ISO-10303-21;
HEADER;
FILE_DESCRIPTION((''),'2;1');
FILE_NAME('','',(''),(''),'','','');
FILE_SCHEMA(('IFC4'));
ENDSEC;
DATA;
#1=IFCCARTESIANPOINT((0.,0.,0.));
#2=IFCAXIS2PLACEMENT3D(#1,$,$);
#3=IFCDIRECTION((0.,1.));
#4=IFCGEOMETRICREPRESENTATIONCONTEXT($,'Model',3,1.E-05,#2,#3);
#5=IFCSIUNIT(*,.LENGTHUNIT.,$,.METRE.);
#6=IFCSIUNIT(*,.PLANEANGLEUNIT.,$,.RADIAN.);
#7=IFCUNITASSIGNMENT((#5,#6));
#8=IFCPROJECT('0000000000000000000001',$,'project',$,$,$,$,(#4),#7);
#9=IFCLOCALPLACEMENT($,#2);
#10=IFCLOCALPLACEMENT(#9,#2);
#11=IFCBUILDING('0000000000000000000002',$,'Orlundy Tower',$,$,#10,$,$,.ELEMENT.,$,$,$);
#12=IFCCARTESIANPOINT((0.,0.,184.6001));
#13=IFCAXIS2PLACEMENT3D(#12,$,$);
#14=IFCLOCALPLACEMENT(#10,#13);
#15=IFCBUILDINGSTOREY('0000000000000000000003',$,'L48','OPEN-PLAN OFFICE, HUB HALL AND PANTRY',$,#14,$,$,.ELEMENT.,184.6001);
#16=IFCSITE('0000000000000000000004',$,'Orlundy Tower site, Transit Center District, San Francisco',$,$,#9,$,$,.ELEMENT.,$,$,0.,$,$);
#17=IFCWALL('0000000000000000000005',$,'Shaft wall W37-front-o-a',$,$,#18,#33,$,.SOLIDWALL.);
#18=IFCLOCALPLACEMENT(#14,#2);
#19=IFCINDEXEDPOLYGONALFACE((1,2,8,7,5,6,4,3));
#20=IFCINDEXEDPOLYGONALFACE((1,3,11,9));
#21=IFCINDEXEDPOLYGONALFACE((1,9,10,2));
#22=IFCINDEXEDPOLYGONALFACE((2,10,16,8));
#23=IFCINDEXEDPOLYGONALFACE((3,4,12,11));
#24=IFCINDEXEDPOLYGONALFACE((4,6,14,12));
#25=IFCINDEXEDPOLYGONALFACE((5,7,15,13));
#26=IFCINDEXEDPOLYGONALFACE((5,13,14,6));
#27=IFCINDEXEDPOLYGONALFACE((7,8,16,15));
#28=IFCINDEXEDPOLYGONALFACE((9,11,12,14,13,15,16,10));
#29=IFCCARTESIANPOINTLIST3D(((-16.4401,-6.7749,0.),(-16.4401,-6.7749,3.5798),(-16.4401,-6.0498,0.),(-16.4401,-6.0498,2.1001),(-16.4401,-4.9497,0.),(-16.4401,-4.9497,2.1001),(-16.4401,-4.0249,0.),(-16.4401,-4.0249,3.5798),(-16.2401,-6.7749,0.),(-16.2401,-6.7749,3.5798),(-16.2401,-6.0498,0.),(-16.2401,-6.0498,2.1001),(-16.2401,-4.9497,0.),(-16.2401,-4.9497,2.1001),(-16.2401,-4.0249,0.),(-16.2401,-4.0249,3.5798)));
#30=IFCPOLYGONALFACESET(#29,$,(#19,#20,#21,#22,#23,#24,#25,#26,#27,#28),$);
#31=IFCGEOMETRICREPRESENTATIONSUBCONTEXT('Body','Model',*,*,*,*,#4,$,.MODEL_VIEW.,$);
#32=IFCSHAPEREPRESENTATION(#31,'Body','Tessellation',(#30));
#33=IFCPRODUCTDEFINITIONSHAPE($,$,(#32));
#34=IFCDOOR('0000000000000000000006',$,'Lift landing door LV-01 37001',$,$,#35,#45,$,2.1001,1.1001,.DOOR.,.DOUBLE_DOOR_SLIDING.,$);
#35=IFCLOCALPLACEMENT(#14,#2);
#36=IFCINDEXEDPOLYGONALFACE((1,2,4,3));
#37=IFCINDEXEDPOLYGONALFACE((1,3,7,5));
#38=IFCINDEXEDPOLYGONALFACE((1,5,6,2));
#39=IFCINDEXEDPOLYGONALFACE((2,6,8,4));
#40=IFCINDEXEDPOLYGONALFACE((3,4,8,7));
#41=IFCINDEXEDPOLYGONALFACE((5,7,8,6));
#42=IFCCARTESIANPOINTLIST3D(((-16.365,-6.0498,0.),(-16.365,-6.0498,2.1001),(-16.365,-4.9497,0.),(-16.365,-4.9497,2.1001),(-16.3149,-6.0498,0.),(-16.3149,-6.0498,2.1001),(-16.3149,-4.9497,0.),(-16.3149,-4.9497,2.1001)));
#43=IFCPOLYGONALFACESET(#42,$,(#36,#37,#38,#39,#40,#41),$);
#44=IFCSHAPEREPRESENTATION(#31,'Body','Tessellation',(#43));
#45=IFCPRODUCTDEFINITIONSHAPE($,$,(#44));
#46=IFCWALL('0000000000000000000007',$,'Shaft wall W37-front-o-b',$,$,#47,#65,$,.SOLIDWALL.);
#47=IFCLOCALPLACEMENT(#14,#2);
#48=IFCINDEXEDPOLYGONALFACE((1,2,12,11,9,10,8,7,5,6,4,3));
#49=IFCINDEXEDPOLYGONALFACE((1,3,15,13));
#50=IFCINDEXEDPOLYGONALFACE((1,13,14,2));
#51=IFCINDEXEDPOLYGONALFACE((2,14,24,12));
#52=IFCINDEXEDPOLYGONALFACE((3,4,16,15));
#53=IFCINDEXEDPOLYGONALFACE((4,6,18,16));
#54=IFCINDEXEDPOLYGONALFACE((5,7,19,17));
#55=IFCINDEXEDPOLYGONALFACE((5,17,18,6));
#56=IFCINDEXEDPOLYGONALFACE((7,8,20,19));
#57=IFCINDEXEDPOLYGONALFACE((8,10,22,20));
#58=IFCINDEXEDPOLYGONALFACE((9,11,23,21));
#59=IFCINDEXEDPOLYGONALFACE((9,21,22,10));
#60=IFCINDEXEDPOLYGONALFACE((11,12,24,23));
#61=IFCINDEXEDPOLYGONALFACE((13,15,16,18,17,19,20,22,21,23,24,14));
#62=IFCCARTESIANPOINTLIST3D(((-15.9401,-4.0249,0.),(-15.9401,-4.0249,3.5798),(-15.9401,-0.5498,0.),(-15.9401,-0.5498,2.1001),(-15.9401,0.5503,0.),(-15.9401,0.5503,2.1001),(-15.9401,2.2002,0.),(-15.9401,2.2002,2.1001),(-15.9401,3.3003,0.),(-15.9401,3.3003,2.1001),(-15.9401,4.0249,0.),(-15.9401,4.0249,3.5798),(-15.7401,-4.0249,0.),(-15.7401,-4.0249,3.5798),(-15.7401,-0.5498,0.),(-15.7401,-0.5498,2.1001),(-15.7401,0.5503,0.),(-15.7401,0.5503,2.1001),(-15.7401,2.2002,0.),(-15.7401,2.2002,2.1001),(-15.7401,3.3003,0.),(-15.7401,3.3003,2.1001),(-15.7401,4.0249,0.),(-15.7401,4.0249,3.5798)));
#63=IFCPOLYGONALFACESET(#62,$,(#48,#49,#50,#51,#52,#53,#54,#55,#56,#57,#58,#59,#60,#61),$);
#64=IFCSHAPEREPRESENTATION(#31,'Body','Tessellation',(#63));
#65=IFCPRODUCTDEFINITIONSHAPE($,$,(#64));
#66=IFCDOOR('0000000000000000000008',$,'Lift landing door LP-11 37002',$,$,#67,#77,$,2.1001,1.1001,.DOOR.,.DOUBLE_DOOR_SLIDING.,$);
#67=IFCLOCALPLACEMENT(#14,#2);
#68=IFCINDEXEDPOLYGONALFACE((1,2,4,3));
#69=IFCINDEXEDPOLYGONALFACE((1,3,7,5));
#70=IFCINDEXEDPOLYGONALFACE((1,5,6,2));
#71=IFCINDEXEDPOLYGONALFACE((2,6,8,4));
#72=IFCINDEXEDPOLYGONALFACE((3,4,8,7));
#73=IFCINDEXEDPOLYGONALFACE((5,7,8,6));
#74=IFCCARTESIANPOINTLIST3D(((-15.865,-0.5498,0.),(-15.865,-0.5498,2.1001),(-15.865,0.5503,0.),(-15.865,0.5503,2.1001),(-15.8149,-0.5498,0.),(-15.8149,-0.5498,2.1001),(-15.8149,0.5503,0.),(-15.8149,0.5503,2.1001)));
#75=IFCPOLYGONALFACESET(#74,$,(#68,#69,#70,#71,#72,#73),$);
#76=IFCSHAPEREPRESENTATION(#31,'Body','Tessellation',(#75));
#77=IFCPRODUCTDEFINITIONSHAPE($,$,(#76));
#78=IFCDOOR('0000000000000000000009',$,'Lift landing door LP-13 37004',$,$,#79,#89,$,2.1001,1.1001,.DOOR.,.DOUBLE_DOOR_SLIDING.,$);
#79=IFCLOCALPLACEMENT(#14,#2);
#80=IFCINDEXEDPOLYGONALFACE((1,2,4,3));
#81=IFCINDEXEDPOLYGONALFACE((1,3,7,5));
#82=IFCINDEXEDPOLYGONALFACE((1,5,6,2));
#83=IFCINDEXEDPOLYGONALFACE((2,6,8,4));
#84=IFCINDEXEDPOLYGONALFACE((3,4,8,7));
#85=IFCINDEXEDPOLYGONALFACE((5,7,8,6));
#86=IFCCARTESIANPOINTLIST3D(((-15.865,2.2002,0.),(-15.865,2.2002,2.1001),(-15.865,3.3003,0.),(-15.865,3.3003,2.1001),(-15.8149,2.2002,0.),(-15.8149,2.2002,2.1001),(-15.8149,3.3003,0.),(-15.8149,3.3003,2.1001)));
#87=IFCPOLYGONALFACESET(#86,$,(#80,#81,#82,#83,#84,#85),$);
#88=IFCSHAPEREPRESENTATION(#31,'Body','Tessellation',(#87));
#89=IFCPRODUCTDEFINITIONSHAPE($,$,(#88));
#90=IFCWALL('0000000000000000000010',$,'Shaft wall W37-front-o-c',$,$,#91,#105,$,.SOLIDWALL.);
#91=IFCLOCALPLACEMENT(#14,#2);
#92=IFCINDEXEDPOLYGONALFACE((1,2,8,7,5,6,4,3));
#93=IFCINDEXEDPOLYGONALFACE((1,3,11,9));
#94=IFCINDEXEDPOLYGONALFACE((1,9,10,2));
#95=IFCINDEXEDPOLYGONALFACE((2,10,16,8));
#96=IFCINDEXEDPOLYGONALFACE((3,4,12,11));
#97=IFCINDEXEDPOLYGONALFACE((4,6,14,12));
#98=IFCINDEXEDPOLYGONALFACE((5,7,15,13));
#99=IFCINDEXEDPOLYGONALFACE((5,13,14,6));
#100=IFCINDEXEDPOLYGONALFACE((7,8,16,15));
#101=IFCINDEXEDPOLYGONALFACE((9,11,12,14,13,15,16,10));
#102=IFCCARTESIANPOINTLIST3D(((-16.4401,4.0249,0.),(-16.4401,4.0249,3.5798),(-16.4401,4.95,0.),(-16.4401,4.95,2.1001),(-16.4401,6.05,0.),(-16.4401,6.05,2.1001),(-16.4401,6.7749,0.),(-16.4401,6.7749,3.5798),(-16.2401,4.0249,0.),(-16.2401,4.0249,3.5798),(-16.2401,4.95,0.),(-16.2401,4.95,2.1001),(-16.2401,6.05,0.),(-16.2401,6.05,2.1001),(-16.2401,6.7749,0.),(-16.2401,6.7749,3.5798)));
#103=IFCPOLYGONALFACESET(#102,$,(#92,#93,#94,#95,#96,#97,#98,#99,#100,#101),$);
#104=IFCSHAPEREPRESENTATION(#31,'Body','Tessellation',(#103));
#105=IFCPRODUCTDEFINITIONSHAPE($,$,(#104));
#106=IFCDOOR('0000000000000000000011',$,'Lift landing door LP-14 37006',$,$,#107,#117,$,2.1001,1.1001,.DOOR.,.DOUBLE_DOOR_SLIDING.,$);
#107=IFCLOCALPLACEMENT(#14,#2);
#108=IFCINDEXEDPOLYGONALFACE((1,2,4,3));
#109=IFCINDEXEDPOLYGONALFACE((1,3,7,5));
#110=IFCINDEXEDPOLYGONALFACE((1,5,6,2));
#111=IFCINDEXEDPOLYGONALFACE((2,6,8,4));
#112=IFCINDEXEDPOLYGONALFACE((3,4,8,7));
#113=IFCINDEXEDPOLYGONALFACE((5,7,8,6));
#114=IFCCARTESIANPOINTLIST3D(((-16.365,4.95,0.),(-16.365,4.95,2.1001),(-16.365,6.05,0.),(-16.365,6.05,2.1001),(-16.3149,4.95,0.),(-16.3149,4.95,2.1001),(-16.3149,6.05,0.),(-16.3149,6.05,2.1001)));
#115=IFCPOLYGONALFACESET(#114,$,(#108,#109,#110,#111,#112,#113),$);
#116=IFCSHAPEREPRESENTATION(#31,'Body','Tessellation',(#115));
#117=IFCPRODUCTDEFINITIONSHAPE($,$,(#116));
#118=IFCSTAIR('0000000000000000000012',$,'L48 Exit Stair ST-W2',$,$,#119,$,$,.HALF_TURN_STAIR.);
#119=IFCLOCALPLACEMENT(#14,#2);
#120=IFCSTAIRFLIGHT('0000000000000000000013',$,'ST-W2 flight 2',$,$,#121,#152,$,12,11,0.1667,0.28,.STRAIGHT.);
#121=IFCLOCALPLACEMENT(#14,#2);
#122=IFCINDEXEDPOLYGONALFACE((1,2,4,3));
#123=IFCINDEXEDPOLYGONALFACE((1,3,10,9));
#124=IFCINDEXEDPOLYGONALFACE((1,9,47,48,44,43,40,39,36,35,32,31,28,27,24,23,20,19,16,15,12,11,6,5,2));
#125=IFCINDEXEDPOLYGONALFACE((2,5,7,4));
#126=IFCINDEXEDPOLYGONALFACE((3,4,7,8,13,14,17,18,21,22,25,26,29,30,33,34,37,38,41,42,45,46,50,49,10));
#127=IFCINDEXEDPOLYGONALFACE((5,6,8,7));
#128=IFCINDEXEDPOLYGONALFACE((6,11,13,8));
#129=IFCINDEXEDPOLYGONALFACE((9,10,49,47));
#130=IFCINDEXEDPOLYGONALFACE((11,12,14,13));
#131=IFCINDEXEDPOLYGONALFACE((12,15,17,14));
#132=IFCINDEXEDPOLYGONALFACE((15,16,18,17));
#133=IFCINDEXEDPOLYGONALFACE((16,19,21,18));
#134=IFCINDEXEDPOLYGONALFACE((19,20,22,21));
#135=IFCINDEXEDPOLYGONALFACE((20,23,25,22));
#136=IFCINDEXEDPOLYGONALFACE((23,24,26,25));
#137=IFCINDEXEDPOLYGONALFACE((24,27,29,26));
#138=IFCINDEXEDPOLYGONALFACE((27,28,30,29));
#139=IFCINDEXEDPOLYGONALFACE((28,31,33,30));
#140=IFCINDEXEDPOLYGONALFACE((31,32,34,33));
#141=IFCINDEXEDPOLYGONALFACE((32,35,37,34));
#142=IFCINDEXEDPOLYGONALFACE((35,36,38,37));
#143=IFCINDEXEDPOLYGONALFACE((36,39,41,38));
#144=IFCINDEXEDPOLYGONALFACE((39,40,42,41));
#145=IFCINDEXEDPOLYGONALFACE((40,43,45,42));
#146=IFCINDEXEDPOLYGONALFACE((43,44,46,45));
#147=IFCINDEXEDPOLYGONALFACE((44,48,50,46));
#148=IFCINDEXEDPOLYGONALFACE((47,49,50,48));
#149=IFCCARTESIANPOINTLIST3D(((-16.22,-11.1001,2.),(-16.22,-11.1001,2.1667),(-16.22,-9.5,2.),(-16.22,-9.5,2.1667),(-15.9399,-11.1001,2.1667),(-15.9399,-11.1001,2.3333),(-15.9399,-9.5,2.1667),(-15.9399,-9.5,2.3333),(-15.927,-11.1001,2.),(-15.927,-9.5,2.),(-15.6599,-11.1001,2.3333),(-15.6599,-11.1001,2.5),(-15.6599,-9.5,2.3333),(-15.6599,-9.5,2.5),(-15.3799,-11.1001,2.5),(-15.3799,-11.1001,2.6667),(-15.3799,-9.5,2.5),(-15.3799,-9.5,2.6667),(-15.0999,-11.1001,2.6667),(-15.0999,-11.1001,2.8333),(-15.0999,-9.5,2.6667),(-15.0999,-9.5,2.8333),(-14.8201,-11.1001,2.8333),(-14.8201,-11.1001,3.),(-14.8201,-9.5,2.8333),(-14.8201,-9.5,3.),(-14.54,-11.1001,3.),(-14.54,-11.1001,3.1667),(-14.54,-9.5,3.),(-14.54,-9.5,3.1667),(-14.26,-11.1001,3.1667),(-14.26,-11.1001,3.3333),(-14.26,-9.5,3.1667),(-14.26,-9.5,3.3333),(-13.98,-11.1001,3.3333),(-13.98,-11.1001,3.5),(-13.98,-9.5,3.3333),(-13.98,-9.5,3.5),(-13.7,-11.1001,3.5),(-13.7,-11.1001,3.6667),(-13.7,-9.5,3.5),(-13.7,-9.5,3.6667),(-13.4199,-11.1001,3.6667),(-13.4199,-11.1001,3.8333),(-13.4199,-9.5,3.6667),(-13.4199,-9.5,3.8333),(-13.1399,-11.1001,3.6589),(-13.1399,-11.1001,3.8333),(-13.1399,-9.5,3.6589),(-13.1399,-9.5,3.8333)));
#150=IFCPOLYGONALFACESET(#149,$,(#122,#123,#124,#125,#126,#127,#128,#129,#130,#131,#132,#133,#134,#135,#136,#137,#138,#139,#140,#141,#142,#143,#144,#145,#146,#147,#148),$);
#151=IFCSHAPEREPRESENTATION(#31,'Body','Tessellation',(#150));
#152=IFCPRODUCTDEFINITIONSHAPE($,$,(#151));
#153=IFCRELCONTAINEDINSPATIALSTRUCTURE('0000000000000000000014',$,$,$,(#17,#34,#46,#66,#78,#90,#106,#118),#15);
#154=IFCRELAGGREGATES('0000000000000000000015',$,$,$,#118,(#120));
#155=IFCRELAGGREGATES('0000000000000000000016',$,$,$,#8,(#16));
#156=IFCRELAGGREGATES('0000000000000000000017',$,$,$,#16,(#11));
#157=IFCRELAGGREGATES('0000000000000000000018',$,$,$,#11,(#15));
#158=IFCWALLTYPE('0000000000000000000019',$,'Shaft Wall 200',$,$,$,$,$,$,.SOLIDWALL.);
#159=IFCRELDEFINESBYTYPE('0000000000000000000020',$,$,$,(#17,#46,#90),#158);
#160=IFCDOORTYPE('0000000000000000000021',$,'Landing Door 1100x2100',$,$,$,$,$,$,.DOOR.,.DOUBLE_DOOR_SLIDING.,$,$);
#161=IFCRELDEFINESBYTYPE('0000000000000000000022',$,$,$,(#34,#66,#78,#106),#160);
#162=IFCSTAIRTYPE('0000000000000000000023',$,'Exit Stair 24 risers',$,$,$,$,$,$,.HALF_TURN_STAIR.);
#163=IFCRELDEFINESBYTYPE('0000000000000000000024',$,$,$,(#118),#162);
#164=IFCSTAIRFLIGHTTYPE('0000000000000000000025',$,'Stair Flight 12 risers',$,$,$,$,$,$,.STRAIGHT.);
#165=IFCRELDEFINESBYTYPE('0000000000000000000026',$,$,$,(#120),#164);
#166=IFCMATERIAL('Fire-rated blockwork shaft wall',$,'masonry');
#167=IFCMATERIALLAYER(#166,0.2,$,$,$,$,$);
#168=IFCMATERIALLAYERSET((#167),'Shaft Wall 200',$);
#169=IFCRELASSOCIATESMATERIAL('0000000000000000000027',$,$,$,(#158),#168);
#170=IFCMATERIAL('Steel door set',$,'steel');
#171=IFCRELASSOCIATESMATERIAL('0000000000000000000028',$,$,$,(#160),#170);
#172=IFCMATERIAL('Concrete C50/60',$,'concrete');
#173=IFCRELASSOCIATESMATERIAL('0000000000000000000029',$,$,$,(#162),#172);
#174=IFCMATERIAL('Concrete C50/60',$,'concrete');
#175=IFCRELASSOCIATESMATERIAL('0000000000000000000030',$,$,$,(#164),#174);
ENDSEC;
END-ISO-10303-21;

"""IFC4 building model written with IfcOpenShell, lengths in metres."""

from ifc_helpers import new_model, si_unit, direction, frame, frame_2d, origin, place, context, subcontext, project, spatial, polyline, rectangle, outline, extrude, material, layer, layer_set, type_object, element, fill, aggregate, save


model = new_model("IFC4")

# Units and contexts
model_context = context("Model", 3, precision=1e-05, world=origin(), true_north=direction((0.0, 1.0)))
body_context = subcontext(model_context, "Body", "Model", "MODEL_VIEW")
ifc_project = project(units=[si_unit("LENGTHUNIT", "METRE"), si_unit("PLANEANGLEUNIT", "RADIAN")], contexts=[model_context])

# Site, building, storey
site_placement = place(None, origin())
site = spatial("IfcSite", under=ifc_project, at=site_placement, Name="Orlundy Tower site, Transit Center District, San Francisco", CompositionType="ELEMENT", RefElevation=0.0)
building_placement = place(site_placement, origin())
building = spatial("IfcBuilding", under=site, at=building_placement, Name="Orlundy Tower", CompositionType="ELEMENT")
storey_placement = place(building_placement, frame((0.0, 0.0, 184.6001)))
storey = spatial("IfcBuildingStorey", under=building, at=storey_placement, Name="L48", Description="OPEN-PLAN OFFICE, HUB HALL AND PANTRY", CompositionType="ELEMENT", Elevation=184.6001)

# Shared definitions
ifc_material_1 = material(Name="Fire-rated blockwork shaft wall", Category="masonry")
ifc_layer_1 = layer(ifc_material_1, 0.2)
ifc_layer_set_1 = layer_set([ifc_layer_1], Name="Shaft Wall 200")
wall_type_1 = type_object("IfcWallType", Name="Shaft Wall 200", PredefinedType="SOLIDWALL", material=ifc_layer_set_1)

# Wall, opening, door
wall_1_placement = place(storey_placement, frame((-16.3401, -6.7749, 0.0), z_axis=(0.0, 0.0, 1.0), x_axis=(0.0, 1.0, 0.0)))
wall_1 = element("IfcWall", 1, at=wall_1_placement, inside=storey, type_object=wall_type_1, Name="Shaft wall W37-front-o-a", PredefinedType="SOLIDWALL", context=body_context, shape_type="SweptSolid", body=[
    extrude(rectangle(XDim=2.75, YDim=0.2, at=frame_2d((1.375, 0.0))), origin(), (0.0, 0.0, 1.0), 3.5798),
])
opening_1_placement = place(wall_1_placement, frame((0.7251, 0.0, 0.0)))
opening_1 = element("IfcOpeningElement", 2, at=opening_1_placement, cuts=wall_1, PredefinedType="OPENING", context=body_context, shape_type="SweptSolid", body=[
    extrude(rectangle(XDim=1.1001, YDim=2.1001, at=frame_2d((0.55, 1.05))), frame((0.0, 0.1101, 0.0), z_axis=(0.0, -1.0, 0.0), x_axis=(1.0, 0.0, 0.0)), (0.0, 0.0, 1.0), 0.2202),
])
ifc_material_2 = material(Name="Steel door set", Category="steel")
door_type_1 = type_object("IfcDoorType", Name="Landing Door 1100x2100", OperationType="DOUBLE_DOOR_SLIDING", PredefinedType="DOOR", material=ifc_material_2)
door_1_placement = place(opening_1_placement, origin())
door_1 = element("IfcDoor", 3, at=door_1_placement, inside=storey, type_object=door_type_1, Name="Lift landing door LV-01 37001", OperationType="DOUBLE_DOOR_SLIDING", OverallHeight=2.1001, OverallWidth=1.1001, PredefinedType="DOOR", context=body_context, shape_type="SweptSolid", body=[
    extrude(rectangle(XDim=1.1001, YDim=2.1001, at=frame_2d((0.55, 1.05))), frame((0.0, 0.0249, 0.0), z_axis=(0.0, -1.0, 0.0), x_axis=(1.0, 0.0, 0.0)), (0.0, 0.0, 1.0), 0.05),
])
fill(opening_1, door_1)

# Wall, openings, doors
wall_2_placement = place(storey_placement, frame((-15.8401, -4.0249, 0.0), z_axis=(0.0, 0.0, 1.0), x_axis=(0.0, 1.0, 0.0)))
wall_2 = element("IfcWall", 4, at=wall_2_placement, inside=storey, type_object=wall_type_1, Name="Shaft wall W37-front-o-b", PredefinedType="SOLIDWALL", context=body_context, shape_type="SweptSolid", body=[
    extrude(rectangle(XDim=8.0498, YDim=0.2, at=frame_2d((4.0249, 0.0))), origin(), (0.0, 0.0, 1.0), 3.5798),
])
opening_2_placement = place(wall_2_placement, frame((3.4751, 0.0, 0.0)))
opening_2 = element("IfcOpeningElement", 5, at=opening_2_placement, cuts=wall_2, PredefinedType="OPENING", context=body_context, shape_type="SweptSolid", body=[
    extrude(rectangle(XDim=1.1001, YDim=2.1001, at=frame_2d((0.55, 1.05))), frame((0.0, 0.1101, 0.0), z_axis=(0.0, -1.0, 0.0), x_axis=(1.0, 0.0, 0.0)), (0.0, 0.0, 1.0), 0.2202),
])
opening_3_placement = place(wall_2_placement, frame((6.2251, 0.0, 0.0)))
opening_3 = element("IfcOpeningElement", 6, at=opening_3_placement, cuts=wall_2, PredefinedType="OPENING", context=body_context, shape_type="SweptSolid", body=[
    extrude(rectangle(XDim=1.1001, YDim=2.1001, at=frame_2d((0.55, 1.05))), frame((0.0, 0.1101, 0.0), z_axis=(0.0, -1.0, 0.0), x_axis=(1.0, 0.0, 0.0)), (0.0, 0.0, 1.0), 0.2202),
])
door_2_placement = place(opening_2_placement, origin())
door_2 = element("IfcDoor", 7, at=door_2_placement, inside=storey, type_object=door_type_1, Name="Lift landing door LP-11 37002", OperationType="DOUBLE_DOOR_SLIDING", OverallHeight=2.1001, OverallWidth=1.1001, PredefinedType="DOOR", context=body_context, shape_type="SweptSolid", body=[
    extrude(rectangle(XDim=1.1001, YDim=2.1001, at=frame_2d((0.55, 1.05))), frame((0.0, 0.0249, 0.0), z_axis=(0.0, -1.0, 0.0), x_axis=(1.0, 0.0, 0.0)), (0.0, 0.0, 1.0), 0.05),
])
fill(opening_2, door_2)
door_3_placement = place(opening_3_placement, origin())
door_3 = element("IfcDoor", 8, at=door_3_placement, inside=storey, type_object=door_type_1, Name="Lift landing door LP-13 37004", OperationType="DOUBLE_DOOR_SLIDING", OverallHeight=2.1001, OverallWidth=1.1001, PredefinedType="DOOR", context=body_context, shape_type="SweptSolid", body=[
    extrude(rectangle(XDim=1.1001, YDim=2.1001, at=frame_2d((0.55, 1.05))), frame((0.0, 0.0249, 0.0), z_axis=(0.0, -1.0, 0.0), x_axis=(1.0, 0.0, 0.0)), (0.0, 0.0, 1.0), 0.05),
])
fill(opening_3, door_3)

# Wall, opening, door
wall_3_placement = place(storey_placement, frame((-16.3401, 4.0249, 0.0), z_axis=(0.0, 0.0, 1.0), x_axis=(0.0, 1.0, 0.0)))
wall_3 = element("IfcWall", 9, at=wall_3_placement, inside=storey, type_object=wall_type_1, Name="Shaft wall W37-front-o-c", PredefinedType="SOLIDWALL", context=body_context, shape_type="SweptSolid", body=[
    extrude(rectangle(XDim=2.75, YDim=0.2, at=frame_2d((1.375, 0.0))), origin(), (0.0, 0.0, 1.0), 3.5798),
])
opening_4_placement = place(wall_3_placement, frame((0.925, 0.0, 0.0)))
opening_4 = element("IfcOpeningElement", 10, at=opening_4_placement, cuts=wall_3, PredefinedType="OPENING", context=body_context, shape_type="SweptSolid", body=[
    extrude(rectangle(XDim=1.1001, YDim=2.1001, at=frame_2d((0.55, 1.05))), frame((0.0, 0.1101, 0.0), z_axis=(0.0, -1.0, 0.0), x_axis=(1.0, 0.0, 0.0)), (0.0, 0.0, 1.0), 0.2202),
])
door_4_placement = place(opening_4_placement, origin())
door_4 = element("IfcDoor", 11, at=door_4_placement, inside=storey, type_object=door_type_1, Name="Lift landing door LP-14 37006", OperationType="DOUBLE_DOOR_SLIDING", OverallHeight=2.1001, OverallWidth=1.1001, PredefinedType="DOOR", context=body_context, shape_type="SweptSolid", body=[
    extrude(rectangle(XDim=1.1001, YDim=2.1001, at=frame_2d((0.55, 1.05))), frame((0.0, 0.0249, 0.0), z_axis=(0.0, -1.0, 0.0), x_axis=(1.0, 0.0, 0.0)), (0.0, 0.0, 1.0), 0.05),
])
fill(opening_4, door_4)

# Stair, stair flight
ifc_material_3 = material(Name="Concrete C50/60", Category="concrete")
stair_type = type_object("IfcStairType", Name="Exit Stair 24 risers", PredefinedType="HALF_TURN_STAIR", material=ifc_material_3)
stair_placement = place(storey_placement, origin())
stair = element("IfcStair", 12, at=stair_placement, inside=storey, type_object=stair_type, Name="L48 Exit Stair ST-W2", PredefinedType="HALF_TURN_STAIR")
ifc_material_4 = material(Name="Concrete C50/60", Category="concrete")
stair_flight_type = type_object("IfcStairFlightType", Name="Stair Flight 12 risers", PredefinedType="STRAIGHT", material=ifc_material_4)
stair_flight_placement = place(storey_placement, frame((-16.22, -10.3, 2.0), z_axis=(0.0, 0.0, 1.0), x_axis=(1.0, 0.0, 0.0)))
stair_flight = element("IfcStairFlight", 13, at=stair_flight_placement, type_object=stair_flight_type, Name="ST-W2 flight 2", NumberOfRisers=12, NumberOfTreads=11, PredefinedType="STRAIGHT", RiserHeight=0.1667, TreadLength=0.28, context=body_context, shape_type="SweptSolid", body=[
    extrude(outline(polyline([(0.0, 0.0), (0.0, 0.1667), (0.28, 0.1667), (0.28, 0.3333), (0.5601, 0.3333), (0.5601, 0.5), (0.8401, 0.5), (0.8401, 0.6667), (1.1201, 0.6667), (1.1201, 0.8333), (1.3999, 0.8333), (1.3999, 1.0), (1.6799, 1.0), (1.6799, 1.1667), (1.96, 1.1667), (1.96, 1.3333), (2.24, 1.3333), (2.24, 1.5), (2.52, 1.5), (2.52, 1.6667), (2.8, 1.6667), (2.8, 1.8333), (3.0801, 1.8333), (3.0801, 2.0), (3.0801, 1.6589), (0.293, 0.0), (0.0, 0.0)])), frame((0.0, 0.8, 0.0), z_axis=(0.0, -1.0, 0.0), x_axis=(1.0, 0.0, 0.0)), (0.0, 0.0, 1.0), 1.6001),
])
aggregate(stair, [stair_flight])

save(model, "model.ifc")
